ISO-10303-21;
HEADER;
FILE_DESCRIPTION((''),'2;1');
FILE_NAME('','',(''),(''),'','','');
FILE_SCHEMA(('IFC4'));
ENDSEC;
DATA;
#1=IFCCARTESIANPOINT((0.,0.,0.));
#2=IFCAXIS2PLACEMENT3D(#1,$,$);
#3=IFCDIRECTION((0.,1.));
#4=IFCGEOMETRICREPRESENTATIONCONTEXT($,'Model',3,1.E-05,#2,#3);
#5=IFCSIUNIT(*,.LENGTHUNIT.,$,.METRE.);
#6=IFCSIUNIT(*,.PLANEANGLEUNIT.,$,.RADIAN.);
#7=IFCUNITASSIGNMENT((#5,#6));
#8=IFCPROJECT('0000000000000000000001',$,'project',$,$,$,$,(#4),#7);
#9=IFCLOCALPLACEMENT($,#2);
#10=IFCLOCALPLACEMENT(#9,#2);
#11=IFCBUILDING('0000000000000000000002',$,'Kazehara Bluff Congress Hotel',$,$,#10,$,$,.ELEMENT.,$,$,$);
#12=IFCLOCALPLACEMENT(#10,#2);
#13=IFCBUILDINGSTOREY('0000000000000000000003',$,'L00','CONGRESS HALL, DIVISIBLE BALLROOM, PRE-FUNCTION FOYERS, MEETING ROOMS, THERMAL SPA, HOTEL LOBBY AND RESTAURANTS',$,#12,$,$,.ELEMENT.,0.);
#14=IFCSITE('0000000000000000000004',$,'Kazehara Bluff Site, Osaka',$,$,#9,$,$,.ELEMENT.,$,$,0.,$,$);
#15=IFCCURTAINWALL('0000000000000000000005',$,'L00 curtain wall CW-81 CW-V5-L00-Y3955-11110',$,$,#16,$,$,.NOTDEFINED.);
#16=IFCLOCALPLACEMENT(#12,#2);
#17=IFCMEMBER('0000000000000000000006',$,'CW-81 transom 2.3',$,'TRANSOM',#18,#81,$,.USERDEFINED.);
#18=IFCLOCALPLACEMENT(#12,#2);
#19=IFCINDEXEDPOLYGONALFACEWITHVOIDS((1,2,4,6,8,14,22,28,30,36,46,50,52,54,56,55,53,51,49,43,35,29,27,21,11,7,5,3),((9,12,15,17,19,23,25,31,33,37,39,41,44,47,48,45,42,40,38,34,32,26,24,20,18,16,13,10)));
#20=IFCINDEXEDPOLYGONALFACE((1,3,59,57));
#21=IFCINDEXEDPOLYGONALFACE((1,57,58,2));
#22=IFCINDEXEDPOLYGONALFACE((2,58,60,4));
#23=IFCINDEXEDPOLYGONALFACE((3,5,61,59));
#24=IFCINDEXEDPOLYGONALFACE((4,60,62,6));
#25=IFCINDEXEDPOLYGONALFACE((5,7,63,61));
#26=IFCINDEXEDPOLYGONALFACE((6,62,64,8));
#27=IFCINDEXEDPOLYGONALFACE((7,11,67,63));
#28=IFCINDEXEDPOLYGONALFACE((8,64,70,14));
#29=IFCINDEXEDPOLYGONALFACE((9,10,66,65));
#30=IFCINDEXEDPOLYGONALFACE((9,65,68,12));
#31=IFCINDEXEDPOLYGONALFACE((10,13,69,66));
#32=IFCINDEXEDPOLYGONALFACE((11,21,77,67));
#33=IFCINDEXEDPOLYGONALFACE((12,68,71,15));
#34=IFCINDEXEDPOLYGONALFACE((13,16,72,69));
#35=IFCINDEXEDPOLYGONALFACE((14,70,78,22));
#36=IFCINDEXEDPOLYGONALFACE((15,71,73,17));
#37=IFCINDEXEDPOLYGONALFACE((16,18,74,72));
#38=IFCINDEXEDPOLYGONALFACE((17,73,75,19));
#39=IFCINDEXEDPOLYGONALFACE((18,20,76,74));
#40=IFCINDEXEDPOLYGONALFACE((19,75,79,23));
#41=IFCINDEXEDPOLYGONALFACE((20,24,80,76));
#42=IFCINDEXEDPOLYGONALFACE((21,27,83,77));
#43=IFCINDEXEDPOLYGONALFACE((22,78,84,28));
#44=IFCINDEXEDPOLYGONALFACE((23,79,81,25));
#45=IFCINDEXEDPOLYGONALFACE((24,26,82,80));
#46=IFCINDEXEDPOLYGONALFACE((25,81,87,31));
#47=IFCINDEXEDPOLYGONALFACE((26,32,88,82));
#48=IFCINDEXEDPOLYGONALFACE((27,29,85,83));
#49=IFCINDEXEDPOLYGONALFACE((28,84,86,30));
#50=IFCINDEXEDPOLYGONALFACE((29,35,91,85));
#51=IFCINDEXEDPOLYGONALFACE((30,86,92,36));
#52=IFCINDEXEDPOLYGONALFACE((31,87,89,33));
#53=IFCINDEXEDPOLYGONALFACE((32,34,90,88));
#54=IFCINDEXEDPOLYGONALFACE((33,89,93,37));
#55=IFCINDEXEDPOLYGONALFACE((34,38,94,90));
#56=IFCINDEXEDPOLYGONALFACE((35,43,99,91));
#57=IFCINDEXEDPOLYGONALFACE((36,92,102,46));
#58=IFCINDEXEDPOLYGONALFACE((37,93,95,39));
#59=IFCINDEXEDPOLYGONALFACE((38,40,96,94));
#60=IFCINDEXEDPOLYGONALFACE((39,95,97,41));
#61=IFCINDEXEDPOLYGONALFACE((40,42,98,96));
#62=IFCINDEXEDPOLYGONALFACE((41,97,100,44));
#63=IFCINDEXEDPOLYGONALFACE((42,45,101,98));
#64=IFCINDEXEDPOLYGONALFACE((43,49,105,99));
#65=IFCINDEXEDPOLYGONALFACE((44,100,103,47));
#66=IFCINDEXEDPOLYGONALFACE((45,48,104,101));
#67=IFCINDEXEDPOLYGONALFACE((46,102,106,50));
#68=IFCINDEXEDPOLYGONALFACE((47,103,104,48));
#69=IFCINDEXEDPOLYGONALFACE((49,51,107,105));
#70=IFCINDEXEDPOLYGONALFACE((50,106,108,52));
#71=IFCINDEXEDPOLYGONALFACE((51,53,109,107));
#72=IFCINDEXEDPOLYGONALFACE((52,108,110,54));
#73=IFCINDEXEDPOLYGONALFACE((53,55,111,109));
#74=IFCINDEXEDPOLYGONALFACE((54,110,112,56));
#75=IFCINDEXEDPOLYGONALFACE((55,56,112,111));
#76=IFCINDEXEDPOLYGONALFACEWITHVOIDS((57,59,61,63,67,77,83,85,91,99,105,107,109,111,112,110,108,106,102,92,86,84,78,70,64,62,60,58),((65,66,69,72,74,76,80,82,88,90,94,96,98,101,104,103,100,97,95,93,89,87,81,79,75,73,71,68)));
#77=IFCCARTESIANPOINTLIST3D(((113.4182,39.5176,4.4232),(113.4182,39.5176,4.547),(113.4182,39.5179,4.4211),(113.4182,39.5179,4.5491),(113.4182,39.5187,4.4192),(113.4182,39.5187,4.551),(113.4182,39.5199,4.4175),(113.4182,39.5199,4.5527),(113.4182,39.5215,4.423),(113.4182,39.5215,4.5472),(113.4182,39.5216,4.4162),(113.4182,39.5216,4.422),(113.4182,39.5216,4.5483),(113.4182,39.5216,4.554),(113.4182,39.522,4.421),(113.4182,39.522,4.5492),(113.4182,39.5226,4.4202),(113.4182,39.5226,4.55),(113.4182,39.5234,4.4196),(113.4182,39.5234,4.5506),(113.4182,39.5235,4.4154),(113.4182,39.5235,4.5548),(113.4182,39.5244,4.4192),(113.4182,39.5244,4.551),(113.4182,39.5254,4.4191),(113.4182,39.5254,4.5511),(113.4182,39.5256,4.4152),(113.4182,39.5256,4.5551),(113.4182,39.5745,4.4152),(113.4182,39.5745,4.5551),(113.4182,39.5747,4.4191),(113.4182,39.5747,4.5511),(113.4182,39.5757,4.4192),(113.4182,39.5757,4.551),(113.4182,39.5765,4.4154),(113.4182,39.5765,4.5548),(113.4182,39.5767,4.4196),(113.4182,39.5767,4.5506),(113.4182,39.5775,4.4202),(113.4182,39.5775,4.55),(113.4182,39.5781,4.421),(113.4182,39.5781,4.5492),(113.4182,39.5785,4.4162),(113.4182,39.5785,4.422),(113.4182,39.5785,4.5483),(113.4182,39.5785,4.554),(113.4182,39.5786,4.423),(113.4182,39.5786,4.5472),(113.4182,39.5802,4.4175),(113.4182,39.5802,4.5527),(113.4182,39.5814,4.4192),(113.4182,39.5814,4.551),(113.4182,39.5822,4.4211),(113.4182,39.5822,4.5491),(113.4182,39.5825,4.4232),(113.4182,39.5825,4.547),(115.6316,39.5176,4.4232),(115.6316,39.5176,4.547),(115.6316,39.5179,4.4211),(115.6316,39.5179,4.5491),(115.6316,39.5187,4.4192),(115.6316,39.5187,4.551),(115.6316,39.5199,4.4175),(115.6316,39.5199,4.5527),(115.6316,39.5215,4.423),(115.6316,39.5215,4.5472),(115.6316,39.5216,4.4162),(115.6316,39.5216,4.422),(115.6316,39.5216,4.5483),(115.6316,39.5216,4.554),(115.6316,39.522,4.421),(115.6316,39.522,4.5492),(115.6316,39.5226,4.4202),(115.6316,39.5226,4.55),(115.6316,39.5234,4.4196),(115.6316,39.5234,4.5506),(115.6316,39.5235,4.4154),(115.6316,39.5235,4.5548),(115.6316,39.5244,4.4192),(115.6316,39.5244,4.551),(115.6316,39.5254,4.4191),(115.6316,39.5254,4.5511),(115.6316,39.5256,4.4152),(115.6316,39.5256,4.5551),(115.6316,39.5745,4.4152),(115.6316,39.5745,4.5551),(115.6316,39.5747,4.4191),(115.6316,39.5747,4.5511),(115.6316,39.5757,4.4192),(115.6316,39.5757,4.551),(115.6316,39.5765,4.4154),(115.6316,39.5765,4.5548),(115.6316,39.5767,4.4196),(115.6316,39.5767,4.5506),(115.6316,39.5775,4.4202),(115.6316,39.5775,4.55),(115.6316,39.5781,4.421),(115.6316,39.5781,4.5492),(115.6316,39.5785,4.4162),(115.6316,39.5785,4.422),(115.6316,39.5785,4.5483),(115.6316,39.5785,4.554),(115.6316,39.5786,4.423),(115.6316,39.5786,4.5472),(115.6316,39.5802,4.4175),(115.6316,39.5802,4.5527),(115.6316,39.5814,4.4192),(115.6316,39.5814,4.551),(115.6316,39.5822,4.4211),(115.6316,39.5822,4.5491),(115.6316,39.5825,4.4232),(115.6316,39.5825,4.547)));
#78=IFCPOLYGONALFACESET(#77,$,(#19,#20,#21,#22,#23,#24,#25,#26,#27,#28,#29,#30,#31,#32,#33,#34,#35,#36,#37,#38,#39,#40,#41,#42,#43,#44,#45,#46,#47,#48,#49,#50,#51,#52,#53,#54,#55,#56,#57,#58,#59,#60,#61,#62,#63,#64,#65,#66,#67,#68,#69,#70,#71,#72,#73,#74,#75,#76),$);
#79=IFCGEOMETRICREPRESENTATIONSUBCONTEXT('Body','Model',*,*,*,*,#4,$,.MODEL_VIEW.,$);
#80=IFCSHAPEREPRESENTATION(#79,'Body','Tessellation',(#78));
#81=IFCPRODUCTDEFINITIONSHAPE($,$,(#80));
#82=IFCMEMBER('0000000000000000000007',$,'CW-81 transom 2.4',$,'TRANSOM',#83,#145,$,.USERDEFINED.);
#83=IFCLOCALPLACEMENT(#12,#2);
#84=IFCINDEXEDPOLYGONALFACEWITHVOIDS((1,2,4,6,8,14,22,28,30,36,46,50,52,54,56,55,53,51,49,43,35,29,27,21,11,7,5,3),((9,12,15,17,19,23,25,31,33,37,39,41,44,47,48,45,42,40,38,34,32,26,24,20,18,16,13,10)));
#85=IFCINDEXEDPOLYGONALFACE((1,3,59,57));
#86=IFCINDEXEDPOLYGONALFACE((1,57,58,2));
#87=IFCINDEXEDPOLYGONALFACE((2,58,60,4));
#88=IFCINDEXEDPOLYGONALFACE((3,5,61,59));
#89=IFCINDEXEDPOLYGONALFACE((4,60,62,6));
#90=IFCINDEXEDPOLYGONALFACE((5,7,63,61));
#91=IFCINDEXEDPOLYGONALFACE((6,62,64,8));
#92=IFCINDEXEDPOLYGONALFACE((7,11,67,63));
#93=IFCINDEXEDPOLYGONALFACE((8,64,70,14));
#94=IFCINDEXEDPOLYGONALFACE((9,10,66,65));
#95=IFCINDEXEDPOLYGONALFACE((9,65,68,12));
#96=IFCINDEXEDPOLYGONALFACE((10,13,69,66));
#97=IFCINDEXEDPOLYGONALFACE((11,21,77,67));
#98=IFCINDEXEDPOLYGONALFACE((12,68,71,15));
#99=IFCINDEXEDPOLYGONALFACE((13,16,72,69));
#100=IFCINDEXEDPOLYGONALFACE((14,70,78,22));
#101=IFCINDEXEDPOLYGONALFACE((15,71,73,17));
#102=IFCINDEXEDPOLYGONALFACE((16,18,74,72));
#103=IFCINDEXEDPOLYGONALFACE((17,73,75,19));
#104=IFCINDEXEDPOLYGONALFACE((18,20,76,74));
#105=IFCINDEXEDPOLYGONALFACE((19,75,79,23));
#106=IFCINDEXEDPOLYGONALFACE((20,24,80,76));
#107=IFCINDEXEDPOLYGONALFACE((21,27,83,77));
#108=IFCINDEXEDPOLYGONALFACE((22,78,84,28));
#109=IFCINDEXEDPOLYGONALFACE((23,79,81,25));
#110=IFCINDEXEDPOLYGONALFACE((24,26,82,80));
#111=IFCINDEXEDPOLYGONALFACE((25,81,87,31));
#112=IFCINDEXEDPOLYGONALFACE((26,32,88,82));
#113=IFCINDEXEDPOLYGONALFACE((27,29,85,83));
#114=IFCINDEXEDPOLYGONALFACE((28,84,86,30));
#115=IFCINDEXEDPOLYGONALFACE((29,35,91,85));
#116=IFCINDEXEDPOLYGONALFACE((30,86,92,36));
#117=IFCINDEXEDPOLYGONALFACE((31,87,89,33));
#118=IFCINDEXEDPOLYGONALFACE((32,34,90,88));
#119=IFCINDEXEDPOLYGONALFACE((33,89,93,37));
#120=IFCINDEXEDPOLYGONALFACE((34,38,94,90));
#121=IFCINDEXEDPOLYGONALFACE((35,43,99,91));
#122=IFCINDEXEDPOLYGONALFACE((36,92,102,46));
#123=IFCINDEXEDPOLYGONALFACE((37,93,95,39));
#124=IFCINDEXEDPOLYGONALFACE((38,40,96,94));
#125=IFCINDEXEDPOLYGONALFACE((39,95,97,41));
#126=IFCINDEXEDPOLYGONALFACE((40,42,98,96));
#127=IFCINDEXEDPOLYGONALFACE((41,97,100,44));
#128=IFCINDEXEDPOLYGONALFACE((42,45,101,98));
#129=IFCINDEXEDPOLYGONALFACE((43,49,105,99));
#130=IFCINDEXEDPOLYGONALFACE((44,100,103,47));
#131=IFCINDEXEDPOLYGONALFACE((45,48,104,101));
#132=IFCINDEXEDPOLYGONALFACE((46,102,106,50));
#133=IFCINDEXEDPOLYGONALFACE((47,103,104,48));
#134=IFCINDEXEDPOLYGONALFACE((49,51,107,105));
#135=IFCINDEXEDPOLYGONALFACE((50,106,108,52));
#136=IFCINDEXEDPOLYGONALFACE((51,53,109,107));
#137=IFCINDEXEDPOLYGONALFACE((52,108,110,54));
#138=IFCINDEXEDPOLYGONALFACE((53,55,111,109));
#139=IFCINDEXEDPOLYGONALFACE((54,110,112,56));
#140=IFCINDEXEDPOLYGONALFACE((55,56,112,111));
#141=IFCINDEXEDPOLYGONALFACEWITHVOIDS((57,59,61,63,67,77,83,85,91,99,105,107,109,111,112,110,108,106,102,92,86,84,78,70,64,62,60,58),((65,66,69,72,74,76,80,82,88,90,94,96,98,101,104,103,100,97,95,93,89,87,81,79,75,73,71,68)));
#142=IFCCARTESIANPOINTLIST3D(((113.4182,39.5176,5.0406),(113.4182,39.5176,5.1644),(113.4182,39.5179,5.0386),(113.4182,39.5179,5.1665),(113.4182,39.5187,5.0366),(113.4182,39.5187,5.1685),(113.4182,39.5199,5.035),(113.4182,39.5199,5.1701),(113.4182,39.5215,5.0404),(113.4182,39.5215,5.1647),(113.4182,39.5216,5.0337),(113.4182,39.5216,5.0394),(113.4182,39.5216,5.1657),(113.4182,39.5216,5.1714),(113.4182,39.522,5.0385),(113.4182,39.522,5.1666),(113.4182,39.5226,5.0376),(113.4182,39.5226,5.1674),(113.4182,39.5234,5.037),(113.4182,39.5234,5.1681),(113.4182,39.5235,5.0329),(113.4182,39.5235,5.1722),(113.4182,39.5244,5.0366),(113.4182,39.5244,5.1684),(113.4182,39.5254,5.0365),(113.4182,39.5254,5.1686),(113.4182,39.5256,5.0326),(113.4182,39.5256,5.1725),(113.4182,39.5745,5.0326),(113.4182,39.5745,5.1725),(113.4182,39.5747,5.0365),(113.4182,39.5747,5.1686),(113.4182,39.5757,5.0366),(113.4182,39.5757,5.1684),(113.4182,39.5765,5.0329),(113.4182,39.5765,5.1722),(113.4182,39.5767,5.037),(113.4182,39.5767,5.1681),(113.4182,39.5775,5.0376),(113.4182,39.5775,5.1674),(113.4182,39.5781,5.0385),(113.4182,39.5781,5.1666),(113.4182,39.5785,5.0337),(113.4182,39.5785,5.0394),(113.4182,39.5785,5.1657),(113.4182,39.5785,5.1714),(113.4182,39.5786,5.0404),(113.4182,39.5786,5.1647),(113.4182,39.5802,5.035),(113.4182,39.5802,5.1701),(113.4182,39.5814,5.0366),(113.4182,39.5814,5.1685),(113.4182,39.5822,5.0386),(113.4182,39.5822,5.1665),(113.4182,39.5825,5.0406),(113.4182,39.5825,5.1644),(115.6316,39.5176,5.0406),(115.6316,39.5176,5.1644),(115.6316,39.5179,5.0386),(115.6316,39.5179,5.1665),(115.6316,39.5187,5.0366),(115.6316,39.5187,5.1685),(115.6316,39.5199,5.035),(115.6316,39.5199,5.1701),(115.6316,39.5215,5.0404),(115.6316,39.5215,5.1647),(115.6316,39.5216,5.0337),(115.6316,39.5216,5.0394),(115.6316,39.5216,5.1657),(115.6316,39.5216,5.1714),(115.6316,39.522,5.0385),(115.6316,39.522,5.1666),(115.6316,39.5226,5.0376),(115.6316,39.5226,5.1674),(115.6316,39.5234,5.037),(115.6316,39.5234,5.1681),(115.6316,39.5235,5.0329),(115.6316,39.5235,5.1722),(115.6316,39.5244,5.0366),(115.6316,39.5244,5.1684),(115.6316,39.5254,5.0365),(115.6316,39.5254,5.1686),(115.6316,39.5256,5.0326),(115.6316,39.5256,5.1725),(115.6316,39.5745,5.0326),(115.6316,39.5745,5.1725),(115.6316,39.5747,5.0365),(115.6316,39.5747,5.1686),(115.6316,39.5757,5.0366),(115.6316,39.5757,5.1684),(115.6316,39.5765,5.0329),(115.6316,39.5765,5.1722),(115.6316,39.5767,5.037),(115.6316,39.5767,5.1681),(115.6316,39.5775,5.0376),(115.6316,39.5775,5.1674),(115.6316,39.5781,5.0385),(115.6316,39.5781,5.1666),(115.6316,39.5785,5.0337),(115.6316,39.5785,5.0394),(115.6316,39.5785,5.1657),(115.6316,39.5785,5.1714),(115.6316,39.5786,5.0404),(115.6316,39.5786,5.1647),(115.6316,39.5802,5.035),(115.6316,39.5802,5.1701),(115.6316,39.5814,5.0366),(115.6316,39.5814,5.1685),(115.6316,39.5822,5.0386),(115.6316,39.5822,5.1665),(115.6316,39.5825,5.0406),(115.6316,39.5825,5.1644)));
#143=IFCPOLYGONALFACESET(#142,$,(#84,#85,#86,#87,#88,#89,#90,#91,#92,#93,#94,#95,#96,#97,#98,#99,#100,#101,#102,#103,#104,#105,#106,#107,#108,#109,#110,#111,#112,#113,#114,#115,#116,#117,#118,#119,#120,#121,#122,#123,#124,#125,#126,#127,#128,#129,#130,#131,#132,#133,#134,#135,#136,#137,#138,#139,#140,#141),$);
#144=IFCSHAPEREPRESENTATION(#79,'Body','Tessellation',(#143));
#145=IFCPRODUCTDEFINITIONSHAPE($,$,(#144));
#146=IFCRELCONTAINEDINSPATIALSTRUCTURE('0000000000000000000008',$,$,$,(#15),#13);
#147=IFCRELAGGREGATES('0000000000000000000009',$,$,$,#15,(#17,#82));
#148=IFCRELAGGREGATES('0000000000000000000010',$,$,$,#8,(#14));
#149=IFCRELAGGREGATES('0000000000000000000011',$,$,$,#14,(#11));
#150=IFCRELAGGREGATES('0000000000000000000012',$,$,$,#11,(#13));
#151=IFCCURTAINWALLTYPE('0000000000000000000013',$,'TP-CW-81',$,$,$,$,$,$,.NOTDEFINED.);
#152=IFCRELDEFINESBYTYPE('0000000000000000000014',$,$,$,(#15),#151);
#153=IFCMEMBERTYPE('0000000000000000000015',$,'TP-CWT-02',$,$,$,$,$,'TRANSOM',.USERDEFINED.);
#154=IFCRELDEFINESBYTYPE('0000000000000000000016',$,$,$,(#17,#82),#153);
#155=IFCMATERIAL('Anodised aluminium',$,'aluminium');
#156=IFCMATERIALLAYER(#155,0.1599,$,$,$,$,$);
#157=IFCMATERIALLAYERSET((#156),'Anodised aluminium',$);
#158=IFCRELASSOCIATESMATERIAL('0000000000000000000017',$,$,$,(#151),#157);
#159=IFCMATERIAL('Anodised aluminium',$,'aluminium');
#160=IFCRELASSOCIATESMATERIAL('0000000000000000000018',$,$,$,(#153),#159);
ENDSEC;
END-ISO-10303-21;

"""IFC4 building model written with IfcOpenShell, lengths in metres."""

from ifc_helpers import new_model, si_unit, direction, frame, origin, origin_2d, place, context, subcontext, project, spatial, hollow_rectangle, extrude, material, layer, layer_set, material_profile, profile_set, type_object, element, aggregate, save


model = new_model("IFC4")

# Units and contexts
model_context = context("Model", 3, precision=1e-05, world=origin(), true_north=direction((0.0, 1.0)))
body_context = subcontext(model_context, "Body", "Model", "MODEL_VIEW")
ifc_project = project(units=[si_unit("LENGTHUNIT", "METRE"), si_unit("PLANEANGLEUNIT", "RADIAN")], contexts=[model_context])

# Site, building, storey
site_placement = place(None, origin())
site = spatial("IfcSite", under=ifc_project, at=site_placement, Name="Kazehara Bluff Site, Osaka", CompositionType="ELEMENT", RefElevation=0.0)
building_placement = place(site_placement, origin())
building = spatial("IfcBuilding", under=site, at=building_placement, Name="Kazehara Bluff Congress Hotel", CompositionType="ELEMENT")
storey_placement = place(building_placement, origin())
storey = spatial("IfcBuildingStorey", under=building, at=storey_placement, Name="L00", Description="CONGRESS HALL, DIVISIBLE BALLROOM, PRE-FUNCTION FOYERS, MEETING ROOMS, THERMAL SPA, HOTEL LOBBY AND RESTAURANTS", CompositionType="ELEMENT", Elevation=0.0)

# Curtain wall
ifc_material_1 = material(Name="Anodised aluminium", Category="aluminium")
ifc_layer_1 = layer(ifc_material_1, 0.1599)
ifc_layer_set_1 = layer_set([ifc_layer_1], Name="Anodised aluminium")
curtain_wall_type_1 = type_object("IfcCurtainWallType", Name="TP-CW-81", PredefinedType="NOTDEFINED", material=ifc_layer_set_1)
curtain_wall_1_placement = place(storey_placement, origin())
curtain_wall_1 = element("IfcCurtainWall", 1, at=curtain_wall_1_placement, inside=storey, type_object=curtain_wall_type_1, Name="L00 curtain wall CW-81 CW-V5-L00-Y3955-11110", PredefinedType="NOTDEFINED")

# Members
ifc_material_2 = material(Name="Anodised aluminium", Category="aluminium")
ifc_material_profile_1 = material_profile(ifc_material_2, hollow_rectangle(XDim=0.0649, YDim=0.1399, WallThickness=0.0039, InnerFilletRadius=0.0039, OuterFilletRadius=0.0081, at=origin_2d()))
ifc_profile_set_1 = profile_set([ifc_material_profile_1], Name="Anodised aluminium")
member_type_1 = type_object("IfcMemberType", Name="TP-CWT-02", ElementType="TRANSOM", PredefinedType="USERDEFINED", material=ifc_profile_set_1)
member_1_placement = place(storey_placement, frame((113.4182, 39.55, 4.4851), z_axis=(1.0, 0.0, 0.0), x_axis=(0.0, 1.0, 0.0)))
member_1 = element("IfcMember", 2, at=member_1_placement, type_object=member_type_1, Name="CW-81 transom 2.3", ObjectType="TRANSOM", PredefinedType="USERDEFINED", context=body_context, shape_type="SweptSolid", body=[
    extrude(hollow_rectangle(XDim=0.0649, YDim=0.1399, WallThickness=0.0039, InnerFilletRadius=0.0039, OuterFilletRadius=0.0081, at=origin_2d()), origin(), (0.0, 0.0, 1.0), 2.2134),
])
member_2_placement = place(storey_placement, frame((113.4182, 39.55, 5.1025), z_axis=(1.0, 0.0, 0.0), x_axis=(0.0, 1.0, 0.0)))
member_2 = element("IfcMember", 3, at=member_2_placement, type_object=member_type_1, Name="CW-81 transom 2.4", ObjectType="TRANSOM", PredefinedType="USERDEFINED", context=body_context, shape_type="SweptSolid", body=[
    extrude(hollow_rectangle(XDim=0.0649, YDim=0.1399, WallThickness=0.0039, InnerFilletRadius=0.0039, OuterFilletRadius=0.0081, at=origin_2d()), origin(), (0.0, 0.0, 1.0), 2.2134),
])

aggregate(curtain_wall_1, [member_1, member_2])

save(model, "model.ifc")
